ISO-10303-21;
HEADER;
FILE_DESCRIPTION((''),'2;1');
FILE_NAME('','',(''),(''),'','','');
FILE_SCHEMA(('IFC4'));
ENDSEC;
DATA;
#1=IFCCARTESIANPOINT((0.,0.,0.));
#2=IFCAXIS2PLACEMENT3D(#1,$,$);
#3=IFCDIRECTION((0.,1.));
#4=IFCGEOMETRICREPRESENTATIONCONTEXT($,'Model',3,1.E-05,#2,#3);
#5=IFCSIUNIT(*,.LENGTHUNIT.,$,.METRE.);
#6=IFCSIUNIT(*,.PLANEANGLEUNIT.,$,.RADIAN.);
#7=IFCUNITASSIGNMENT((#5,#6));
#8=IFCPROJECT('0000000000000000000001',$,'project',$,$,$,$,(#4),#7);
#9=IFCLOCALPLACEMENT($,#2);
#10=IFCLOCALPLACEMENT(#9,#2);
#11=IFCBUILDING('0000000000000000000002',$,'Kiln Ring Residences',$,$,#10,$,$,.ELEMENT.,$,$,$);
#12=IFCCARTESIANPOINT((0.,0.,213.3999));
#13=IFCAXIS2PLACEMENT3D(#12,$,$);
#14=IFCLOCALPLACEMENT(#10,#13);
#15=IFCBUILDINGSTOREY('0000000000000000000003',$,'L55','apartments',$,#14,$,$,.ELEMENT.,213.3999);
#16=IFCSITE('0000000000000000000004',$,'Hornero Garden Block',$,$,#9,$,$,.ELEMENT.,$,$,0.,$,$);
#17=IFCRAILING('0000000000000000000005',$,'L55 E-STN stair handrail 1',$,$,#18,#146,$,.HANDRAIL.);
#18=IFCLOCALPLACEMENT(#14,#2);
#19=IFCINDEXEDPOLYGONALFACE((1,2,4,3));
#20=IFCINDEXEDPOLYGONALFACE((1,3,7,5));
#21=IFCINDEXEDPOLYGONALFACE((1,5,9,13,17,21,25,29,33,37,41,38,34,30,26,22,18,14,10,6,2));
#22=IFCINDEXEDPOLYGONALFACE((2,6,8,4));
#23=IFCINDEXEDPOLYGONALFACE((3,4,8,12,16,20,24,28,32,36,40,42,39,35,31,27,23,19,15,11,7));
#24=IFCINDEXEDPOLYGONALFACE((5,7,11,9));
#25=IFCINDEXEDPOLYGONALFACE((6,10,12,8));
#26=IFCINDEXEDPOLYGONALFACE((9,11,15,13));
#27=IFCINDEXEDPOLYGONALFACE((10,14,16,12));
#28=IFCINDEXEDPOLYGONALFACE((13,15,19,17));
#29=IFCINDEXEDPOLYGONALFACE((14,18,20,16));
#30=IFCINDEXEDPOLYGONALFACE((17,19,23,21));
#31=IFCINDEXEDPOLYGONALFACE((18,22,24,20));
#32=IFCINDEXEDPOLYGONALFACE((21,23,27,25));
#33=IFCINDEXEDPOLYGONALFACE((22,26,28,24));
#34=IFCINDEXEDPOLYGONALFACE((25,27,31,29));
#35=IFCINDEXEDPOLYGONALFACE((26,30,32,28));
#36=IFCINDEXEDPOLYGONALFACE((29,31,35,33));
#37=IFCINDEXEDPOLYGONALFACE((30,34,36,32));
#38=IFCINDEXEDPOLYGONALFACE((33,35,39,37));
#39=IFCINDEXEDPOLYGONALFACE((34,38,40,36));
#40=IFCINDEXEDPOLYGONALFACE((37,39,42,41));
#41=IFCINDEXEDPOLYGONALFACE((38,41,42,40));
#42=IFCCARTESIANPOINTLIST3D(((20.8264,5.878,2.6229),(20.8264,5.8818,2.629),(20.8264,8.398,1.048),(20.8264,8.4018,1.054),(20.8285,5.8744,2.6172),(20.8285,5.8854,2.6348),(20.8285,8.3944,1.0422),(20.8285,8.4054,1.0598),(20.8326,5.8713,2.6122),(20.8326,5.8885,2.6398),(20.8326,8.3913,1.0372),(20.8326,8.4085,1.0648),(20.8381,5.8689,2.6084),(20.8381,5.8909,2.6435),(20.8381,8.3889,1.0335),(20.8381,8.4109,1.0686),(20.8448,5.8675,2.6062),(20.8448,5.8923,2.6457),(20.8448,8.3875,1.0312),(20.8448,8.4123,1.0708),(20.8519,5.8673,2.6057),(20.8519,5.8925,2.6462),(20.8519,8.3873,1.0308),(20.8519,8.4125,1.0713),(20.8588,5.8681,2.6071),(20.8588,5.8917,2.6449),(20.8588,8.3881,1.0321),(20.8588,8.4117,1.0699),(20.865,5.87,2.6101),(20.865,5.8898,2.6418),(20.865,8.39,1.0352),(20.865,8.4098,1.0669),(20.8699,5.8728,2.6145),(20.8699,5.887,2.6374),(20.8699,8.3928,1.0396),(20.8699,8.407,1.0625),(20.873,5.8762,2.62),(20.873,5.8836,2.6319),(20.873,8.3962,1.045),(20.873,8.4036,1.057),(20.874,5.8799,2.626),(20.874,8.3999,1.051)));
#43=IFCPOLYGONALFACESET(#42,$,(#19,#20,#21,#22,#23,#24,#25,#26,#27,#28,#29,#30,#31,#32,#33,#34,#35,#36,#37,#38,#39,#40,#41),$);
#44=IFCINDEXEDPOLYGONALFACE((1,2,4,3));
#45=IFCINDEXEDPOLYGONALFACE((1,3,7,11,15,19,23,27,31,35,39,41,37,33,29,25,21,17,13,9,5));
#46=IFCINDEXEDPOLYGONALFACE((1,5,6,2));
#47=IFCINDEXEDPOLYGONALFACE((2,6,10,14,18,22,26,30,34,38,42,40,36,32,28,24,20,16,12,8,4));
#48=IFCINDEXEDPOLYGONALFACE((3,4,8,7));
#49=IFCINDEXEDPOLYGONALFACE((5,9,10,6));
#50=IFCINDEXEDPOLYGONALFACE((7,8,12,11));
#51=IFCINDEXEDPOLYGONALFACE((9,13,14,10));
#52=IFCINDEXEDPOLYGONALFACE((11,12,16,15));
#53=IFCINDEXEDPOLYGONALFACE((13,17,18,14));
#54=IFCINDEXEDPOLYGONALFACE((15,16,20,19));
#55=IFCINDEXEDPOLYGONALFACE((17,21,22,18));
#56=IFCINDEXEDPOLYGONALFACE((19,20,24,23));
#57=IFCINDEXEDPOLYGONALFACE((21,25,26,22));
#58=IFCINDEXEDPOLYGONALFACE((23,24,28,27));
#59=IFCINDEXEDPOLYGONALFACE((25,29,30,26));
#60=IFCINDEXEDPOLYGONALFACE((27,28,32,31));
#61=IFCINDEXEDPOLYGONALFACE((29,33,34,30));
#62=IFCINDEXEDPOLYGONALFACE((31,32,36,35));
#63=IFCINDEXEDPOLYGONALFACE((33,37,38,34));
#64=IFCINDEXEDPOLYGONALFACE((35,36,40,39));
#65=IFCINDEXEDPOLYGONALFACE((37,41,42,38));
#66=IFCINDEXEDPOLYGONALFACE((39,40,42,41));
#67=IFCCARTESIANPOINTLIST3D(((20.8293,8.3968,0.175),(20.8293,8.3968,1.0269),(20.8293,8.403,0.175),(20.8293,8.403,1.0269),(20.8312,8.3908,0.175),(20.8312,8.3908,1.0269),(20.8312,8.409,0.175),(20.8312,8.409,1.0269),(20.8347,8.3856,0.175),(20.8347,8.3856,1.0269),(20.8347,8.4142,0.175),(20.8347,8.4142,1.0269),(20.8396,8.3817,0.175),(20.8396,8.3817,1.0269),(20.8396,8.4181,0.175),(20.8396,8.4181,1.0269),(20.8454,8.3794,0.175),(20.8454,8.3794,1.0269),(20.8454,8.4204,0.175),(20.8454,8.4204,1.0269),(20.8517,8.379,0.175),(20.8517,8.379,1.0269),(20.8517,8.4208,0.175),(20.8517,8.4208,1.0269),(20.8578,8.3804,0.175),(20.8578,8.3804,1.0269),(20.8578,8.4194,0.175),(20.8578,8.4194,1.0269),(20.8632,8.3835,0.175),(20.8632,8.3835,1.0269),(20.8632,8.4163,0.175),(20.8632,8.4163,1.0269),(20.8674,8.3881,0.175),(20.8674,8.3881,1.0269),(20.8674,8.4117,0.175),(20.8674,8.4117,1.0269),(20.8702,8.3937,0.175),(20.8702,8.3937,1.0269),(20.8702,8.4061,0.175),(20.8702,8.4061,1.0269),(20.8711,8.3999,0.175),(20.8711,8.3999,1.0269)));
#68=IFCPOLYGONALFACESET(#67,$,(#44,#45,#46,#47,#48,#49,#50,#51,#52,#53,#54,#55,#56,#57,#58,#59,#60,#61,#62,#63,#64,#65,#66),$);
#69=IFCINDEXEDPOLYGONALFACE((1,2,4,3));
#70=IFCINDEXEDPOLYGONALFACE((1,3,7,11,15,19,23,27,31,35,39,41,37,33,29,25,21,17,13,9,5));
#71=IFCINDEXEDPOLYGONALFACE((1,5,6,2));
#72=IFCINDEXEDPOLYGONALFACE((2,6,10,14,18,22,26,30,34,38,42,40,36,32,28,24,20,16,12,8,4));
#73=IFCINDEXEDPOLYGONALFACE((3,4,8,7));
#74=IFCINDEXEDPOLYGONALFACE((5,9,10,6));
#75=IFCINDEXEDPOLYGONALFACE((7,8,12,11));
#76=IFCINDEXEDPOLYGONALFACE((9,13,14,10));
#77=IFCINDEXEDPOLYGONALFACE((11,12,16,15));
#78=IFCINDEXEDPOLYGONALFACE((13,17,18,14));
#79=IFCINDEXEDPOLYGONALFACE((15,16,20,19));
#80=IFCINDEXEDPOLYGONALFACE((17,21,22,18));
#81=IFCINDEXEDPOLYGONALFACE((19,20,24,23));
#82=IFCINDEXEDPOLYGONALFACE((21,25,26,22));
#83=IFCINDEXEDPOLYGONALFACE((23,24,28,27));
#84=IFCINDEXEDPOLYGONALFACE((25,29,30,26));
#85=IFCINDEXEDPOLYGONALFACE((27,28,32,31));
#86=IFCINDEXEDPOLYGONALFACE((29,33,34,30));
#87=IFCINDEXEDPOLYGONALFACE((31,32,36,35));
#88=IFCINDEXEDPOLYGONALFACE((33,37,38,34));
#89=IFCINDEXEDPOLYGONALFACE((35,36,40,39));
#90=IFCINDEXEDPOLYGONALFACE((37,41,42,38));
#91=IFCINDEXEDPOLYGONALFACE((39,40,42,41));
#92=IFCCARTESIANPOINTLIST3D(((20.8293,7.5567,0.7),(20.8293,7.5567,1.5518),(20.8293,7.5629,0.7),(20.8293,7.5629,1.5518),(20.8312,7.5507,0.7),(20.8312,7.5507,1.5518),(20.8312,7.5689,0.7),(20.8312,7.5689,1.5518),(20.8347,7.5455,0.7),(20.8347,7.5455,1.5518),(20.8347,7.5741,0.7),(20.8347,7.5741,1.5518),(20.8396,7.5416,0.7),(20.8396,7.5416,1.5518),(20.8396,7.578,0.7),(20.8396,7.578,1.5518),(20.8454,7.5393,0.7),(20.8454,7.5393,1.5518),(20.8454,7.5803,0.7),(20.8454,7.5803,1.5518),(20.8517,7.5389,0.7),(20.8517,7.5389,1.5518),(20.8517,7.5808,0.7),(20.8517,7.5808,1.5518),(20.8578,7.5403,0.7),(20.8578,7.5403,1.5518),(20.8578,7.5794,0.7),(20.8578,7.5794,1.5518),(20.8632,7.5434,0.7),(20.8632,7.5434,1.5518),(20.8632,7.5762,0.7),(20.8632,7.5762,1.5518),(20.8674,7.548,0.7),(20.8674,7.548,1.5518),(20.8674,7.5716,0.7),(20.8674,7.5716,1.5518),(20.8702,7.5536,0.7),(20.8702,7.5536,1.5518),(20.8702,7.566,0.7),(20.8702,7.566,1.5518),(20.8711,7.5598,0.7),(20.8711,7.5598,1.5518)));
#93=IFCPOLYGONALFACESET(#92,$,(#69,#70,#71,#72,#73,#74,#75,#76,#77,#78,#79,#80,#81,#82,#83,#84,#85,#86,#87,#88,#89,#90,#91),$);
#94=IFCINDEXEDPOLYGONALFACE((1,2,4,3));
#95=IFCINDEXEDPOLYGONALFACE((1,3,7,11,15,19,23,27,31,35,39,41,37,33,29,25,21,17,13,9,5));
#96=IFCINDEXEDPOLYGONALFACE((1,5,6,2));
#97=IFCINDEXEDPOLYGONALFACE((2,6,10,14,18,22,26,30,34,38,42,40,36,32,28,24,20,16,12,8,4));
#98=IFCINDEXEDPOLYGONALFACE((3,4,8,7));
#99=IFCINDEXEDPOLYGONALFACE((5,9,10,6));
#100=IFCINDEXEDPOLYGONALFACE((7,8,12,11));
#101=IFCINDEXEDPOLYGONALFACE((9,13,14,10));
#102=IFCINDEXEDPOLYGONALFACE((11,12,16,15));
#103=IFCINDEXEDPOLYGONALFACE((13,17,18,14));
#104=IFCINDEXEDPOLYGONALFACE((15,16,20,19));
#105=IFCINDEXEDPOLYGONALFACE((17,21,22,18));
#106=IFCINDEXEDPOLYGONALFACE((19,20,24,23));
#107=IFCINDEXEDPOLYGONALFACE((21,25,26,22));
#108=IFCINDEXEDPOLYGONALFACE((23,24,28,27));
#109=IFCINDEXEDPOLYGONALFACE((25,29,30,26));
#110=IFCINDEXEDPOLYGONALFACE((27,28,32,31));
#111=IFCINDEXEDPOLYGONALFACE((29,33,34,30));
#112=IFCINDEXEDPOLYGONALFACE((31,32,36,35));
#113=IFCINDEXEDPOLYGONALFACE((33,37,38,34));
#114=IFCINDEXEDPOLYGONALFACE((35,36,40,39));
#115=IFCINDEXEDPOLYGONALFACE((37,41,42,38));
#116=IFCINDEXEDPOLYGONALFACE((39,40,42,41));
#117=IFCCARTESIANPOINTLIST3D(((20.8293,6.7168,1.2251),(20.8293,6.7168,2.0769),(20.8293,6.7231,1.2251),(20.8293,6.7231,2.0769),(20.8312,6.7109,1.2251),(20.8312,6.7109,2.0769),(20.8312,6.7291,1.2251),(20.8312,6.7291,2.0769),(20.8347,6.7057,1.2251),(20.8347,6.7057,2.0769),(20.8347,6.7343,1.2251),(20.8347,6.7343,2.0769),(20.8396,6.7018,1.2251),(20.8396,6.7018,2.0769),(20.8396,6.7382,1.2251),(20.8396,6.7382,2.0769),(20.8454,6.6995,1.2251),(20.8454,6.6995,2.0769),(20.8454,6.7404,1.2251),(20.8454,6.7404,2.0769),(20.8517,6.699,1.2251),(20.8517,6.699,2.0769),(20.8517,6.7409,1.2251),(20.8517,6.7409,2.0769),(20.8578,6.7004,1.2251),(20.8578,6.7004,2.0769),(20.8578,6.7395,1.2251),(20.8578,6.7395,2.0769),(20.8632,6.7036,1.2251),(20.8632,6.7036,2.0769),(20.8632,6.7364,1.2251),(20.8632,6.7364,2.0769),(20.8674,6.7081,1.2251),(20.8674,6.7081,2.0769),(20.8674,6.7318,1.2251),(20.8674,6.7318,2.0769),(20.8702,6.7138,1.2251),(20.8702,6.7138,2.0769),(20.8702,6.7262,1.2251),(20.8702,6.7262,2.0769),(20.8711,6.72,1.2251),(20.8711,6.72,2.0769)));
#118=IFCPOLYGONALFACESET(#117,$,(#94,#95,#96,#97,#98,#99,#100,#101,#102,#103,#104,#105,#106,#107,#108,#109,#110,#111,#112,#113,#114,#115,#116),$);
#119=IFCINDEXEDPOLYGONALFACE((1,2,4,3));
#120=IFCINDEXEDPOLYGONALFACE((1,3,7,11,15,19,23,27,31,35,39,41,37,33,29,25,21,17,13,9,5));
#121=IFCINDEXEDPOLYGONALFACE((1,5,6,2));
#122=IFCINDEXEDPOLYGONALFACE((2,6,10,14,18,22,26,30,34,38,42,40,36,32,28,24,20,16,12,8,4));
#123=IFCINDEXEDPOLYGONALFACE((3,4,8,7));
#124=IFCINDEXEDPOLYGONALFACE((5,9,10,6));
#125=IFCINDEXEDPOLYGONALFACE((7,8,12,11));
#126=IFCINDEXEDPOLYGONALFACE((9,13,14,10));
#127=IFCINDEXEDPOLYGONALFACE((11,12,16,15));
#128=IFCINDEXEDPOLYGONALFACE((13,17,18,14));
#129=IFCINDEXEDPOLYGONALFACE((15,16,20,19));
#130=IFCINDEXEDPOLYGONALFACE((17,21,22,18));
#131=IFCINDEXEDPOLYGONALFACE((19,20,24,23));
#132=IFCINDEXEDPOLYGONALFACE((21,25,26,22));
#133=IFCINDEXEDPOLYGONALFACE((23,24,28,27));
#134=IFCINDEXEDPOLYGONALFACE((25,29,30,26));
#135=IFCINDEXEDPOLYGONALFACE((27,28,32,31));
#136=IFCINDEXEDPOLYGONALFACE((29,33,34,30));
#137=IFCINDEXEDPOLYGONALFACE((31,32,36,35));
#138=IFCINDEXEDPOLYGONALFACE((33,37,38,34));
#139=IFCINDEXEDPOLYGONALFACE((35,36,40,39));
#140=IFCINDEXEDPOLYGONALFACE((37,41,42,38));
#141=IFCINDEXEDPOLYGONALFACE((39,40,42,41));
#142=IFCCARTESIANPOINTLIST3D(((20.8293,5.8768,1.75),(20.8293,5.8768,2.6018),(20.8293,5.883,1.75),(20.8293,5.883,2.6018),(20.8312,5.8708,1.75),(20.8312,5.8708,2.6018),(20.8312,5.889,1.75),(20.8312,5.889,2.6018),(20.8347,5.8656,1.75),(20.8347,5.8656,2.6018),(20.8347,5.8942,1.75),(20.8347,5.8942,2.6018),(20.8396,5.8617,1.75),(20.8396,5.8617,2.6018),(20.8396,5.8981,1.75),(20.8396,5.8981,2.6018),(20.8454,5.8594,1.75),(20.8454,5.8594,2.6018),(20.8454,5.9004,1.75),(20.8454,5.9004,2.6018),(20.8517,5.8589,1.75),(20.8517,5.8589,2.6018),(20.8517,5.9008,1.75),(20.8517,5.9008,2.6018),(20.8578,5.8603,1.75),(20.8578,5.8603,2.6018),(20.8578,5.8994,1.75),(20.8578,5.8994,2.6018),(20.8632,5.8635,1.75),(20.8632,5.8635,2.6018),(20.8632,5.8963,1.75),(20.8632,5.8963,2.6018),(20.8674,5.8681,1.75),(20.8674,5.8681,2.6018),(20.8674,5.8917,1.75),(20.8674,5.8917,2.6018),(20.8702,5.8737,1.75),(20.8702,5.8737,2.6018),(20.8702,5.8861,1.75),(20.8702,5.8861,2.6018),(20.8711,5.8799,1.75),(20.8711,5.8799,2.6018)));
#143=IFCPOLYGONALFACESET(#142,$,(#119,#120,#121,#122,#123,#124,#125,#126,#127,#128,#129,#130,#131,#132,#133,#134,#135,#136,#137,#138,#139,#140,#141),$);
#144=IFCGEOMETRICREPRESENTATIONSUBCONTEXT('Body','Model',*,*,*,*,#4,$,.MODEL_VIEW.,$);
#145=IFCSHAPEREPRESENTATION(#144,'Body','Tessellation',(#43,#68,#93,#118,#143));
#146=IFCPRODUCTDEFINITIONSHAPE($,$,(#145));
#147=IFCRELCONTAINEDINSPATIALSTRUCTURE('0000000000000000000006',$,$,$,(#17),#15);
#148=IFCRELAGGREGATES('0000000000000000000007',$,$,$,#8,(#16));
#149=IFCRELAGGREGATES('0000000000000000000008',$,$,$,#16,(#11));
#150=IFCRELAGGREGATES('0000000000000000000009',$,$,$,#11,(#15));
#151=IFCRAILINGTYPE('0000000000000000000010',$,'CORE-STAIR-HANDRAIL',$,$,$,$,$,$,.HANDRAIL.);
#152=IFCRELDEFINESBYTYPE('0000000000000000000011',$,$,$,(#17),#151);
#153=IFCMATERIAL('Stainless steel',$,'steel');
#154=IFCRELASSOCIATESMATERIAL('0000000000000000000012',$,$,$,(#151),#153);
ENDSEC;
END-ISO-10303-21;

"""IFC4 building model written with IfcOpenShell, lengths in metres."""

from ifc_helpers import new_model, si_unit, direction, frame, origin, origin_2d, place, context, subcontext, project, spatial, circle, extrude, material, type_object, element, save


model = new_model("IFC4")

# Units and contexts
model_context = context("Model", 3, precision=1e-05, world=origin(), true_north=direction((0.0, 1.0)))
body_context = subcontext(model_context, "Body", "Model", "MODEL_VIEW")
ifc_project = project(units=[si_unit("LENGTHUNIT", "METRE"), si_unit("PLANEANGLEUNIT", "RADIAN")], contexts=[model_context])

# Site, building, storey
site_placement = place(None, origin())
site = spatial("IfcSite", under=ifc_project, at=site_placement, Name="Hornero Garden Block", CompositionType="ELEMENT", RefElevation=0.0)
building_placement = place(site_placement, origin())
building = spatial("IfcBuilding", under=site, at=building_placement, Name="Kiln Ring Residences", CompositionType="ELEMENT")
storey_placement = place(building_placement, frame((0.0, 0.0, 213.3999)))
storey = spatial("IfcBuildingStorey", under=building, at=storey_placement, Name="L55", Description="apartments", CompositionType="ELEMENT", Elevation=213.3999)

# Railing
ifc_material_1 = material(Name="Stainless steel", Category="steel")
railing_type_1 = type_object("IfcRailingType", Name="CORE-STAIR-HANDRAIL", PredefinedType="HANDRAIL", material=ifc_material_1)
railing_1_placement = place(storey_placement, frame((20.8501, 8.3999, 0.175)))
element("IfcRailing", 1, at=railing_1_placement, inside=storey, type_object=railing_type_1, Name="L55 E-STN stair handrail 1", PredefinedType="HANDRAIL", context=body_context, shape_type="SweptSolid", body=[
    extrude(circle(Radius=0.0239, at=origin_2d()), frame((0.0, 0.0, 0.876), z_axis=(0.0, -0.848008, 0.529984), x_axis=(1.0, 0.0, 0.0)), (0.0, 0.0, 1.0), 2.9717),
    extrude(circle(Radius=0.021, at=origin_2d()), origin(), (0.0, 0.0, 1.0), 0.8518),
    extrude(circle(Radius=0.021, at=origin_2d()), frame((0.0, -0.8401, 0.5249)), (0.0, 0.0, 1.0), 0.8518),
    extrude(circle(Radius=0.021, at=origin_2d()), frame((0.0, -1.6799, 1.05)), (0.0, 0.0, 1.0), 0.8518),
    extrude(circle(Radius=0.021, at=origin_2d()), frame((0.0, -2.52, 1.575)), (0.0, 0.0, 1.0), 0.8518),
])

save(model, "model.ifc")
